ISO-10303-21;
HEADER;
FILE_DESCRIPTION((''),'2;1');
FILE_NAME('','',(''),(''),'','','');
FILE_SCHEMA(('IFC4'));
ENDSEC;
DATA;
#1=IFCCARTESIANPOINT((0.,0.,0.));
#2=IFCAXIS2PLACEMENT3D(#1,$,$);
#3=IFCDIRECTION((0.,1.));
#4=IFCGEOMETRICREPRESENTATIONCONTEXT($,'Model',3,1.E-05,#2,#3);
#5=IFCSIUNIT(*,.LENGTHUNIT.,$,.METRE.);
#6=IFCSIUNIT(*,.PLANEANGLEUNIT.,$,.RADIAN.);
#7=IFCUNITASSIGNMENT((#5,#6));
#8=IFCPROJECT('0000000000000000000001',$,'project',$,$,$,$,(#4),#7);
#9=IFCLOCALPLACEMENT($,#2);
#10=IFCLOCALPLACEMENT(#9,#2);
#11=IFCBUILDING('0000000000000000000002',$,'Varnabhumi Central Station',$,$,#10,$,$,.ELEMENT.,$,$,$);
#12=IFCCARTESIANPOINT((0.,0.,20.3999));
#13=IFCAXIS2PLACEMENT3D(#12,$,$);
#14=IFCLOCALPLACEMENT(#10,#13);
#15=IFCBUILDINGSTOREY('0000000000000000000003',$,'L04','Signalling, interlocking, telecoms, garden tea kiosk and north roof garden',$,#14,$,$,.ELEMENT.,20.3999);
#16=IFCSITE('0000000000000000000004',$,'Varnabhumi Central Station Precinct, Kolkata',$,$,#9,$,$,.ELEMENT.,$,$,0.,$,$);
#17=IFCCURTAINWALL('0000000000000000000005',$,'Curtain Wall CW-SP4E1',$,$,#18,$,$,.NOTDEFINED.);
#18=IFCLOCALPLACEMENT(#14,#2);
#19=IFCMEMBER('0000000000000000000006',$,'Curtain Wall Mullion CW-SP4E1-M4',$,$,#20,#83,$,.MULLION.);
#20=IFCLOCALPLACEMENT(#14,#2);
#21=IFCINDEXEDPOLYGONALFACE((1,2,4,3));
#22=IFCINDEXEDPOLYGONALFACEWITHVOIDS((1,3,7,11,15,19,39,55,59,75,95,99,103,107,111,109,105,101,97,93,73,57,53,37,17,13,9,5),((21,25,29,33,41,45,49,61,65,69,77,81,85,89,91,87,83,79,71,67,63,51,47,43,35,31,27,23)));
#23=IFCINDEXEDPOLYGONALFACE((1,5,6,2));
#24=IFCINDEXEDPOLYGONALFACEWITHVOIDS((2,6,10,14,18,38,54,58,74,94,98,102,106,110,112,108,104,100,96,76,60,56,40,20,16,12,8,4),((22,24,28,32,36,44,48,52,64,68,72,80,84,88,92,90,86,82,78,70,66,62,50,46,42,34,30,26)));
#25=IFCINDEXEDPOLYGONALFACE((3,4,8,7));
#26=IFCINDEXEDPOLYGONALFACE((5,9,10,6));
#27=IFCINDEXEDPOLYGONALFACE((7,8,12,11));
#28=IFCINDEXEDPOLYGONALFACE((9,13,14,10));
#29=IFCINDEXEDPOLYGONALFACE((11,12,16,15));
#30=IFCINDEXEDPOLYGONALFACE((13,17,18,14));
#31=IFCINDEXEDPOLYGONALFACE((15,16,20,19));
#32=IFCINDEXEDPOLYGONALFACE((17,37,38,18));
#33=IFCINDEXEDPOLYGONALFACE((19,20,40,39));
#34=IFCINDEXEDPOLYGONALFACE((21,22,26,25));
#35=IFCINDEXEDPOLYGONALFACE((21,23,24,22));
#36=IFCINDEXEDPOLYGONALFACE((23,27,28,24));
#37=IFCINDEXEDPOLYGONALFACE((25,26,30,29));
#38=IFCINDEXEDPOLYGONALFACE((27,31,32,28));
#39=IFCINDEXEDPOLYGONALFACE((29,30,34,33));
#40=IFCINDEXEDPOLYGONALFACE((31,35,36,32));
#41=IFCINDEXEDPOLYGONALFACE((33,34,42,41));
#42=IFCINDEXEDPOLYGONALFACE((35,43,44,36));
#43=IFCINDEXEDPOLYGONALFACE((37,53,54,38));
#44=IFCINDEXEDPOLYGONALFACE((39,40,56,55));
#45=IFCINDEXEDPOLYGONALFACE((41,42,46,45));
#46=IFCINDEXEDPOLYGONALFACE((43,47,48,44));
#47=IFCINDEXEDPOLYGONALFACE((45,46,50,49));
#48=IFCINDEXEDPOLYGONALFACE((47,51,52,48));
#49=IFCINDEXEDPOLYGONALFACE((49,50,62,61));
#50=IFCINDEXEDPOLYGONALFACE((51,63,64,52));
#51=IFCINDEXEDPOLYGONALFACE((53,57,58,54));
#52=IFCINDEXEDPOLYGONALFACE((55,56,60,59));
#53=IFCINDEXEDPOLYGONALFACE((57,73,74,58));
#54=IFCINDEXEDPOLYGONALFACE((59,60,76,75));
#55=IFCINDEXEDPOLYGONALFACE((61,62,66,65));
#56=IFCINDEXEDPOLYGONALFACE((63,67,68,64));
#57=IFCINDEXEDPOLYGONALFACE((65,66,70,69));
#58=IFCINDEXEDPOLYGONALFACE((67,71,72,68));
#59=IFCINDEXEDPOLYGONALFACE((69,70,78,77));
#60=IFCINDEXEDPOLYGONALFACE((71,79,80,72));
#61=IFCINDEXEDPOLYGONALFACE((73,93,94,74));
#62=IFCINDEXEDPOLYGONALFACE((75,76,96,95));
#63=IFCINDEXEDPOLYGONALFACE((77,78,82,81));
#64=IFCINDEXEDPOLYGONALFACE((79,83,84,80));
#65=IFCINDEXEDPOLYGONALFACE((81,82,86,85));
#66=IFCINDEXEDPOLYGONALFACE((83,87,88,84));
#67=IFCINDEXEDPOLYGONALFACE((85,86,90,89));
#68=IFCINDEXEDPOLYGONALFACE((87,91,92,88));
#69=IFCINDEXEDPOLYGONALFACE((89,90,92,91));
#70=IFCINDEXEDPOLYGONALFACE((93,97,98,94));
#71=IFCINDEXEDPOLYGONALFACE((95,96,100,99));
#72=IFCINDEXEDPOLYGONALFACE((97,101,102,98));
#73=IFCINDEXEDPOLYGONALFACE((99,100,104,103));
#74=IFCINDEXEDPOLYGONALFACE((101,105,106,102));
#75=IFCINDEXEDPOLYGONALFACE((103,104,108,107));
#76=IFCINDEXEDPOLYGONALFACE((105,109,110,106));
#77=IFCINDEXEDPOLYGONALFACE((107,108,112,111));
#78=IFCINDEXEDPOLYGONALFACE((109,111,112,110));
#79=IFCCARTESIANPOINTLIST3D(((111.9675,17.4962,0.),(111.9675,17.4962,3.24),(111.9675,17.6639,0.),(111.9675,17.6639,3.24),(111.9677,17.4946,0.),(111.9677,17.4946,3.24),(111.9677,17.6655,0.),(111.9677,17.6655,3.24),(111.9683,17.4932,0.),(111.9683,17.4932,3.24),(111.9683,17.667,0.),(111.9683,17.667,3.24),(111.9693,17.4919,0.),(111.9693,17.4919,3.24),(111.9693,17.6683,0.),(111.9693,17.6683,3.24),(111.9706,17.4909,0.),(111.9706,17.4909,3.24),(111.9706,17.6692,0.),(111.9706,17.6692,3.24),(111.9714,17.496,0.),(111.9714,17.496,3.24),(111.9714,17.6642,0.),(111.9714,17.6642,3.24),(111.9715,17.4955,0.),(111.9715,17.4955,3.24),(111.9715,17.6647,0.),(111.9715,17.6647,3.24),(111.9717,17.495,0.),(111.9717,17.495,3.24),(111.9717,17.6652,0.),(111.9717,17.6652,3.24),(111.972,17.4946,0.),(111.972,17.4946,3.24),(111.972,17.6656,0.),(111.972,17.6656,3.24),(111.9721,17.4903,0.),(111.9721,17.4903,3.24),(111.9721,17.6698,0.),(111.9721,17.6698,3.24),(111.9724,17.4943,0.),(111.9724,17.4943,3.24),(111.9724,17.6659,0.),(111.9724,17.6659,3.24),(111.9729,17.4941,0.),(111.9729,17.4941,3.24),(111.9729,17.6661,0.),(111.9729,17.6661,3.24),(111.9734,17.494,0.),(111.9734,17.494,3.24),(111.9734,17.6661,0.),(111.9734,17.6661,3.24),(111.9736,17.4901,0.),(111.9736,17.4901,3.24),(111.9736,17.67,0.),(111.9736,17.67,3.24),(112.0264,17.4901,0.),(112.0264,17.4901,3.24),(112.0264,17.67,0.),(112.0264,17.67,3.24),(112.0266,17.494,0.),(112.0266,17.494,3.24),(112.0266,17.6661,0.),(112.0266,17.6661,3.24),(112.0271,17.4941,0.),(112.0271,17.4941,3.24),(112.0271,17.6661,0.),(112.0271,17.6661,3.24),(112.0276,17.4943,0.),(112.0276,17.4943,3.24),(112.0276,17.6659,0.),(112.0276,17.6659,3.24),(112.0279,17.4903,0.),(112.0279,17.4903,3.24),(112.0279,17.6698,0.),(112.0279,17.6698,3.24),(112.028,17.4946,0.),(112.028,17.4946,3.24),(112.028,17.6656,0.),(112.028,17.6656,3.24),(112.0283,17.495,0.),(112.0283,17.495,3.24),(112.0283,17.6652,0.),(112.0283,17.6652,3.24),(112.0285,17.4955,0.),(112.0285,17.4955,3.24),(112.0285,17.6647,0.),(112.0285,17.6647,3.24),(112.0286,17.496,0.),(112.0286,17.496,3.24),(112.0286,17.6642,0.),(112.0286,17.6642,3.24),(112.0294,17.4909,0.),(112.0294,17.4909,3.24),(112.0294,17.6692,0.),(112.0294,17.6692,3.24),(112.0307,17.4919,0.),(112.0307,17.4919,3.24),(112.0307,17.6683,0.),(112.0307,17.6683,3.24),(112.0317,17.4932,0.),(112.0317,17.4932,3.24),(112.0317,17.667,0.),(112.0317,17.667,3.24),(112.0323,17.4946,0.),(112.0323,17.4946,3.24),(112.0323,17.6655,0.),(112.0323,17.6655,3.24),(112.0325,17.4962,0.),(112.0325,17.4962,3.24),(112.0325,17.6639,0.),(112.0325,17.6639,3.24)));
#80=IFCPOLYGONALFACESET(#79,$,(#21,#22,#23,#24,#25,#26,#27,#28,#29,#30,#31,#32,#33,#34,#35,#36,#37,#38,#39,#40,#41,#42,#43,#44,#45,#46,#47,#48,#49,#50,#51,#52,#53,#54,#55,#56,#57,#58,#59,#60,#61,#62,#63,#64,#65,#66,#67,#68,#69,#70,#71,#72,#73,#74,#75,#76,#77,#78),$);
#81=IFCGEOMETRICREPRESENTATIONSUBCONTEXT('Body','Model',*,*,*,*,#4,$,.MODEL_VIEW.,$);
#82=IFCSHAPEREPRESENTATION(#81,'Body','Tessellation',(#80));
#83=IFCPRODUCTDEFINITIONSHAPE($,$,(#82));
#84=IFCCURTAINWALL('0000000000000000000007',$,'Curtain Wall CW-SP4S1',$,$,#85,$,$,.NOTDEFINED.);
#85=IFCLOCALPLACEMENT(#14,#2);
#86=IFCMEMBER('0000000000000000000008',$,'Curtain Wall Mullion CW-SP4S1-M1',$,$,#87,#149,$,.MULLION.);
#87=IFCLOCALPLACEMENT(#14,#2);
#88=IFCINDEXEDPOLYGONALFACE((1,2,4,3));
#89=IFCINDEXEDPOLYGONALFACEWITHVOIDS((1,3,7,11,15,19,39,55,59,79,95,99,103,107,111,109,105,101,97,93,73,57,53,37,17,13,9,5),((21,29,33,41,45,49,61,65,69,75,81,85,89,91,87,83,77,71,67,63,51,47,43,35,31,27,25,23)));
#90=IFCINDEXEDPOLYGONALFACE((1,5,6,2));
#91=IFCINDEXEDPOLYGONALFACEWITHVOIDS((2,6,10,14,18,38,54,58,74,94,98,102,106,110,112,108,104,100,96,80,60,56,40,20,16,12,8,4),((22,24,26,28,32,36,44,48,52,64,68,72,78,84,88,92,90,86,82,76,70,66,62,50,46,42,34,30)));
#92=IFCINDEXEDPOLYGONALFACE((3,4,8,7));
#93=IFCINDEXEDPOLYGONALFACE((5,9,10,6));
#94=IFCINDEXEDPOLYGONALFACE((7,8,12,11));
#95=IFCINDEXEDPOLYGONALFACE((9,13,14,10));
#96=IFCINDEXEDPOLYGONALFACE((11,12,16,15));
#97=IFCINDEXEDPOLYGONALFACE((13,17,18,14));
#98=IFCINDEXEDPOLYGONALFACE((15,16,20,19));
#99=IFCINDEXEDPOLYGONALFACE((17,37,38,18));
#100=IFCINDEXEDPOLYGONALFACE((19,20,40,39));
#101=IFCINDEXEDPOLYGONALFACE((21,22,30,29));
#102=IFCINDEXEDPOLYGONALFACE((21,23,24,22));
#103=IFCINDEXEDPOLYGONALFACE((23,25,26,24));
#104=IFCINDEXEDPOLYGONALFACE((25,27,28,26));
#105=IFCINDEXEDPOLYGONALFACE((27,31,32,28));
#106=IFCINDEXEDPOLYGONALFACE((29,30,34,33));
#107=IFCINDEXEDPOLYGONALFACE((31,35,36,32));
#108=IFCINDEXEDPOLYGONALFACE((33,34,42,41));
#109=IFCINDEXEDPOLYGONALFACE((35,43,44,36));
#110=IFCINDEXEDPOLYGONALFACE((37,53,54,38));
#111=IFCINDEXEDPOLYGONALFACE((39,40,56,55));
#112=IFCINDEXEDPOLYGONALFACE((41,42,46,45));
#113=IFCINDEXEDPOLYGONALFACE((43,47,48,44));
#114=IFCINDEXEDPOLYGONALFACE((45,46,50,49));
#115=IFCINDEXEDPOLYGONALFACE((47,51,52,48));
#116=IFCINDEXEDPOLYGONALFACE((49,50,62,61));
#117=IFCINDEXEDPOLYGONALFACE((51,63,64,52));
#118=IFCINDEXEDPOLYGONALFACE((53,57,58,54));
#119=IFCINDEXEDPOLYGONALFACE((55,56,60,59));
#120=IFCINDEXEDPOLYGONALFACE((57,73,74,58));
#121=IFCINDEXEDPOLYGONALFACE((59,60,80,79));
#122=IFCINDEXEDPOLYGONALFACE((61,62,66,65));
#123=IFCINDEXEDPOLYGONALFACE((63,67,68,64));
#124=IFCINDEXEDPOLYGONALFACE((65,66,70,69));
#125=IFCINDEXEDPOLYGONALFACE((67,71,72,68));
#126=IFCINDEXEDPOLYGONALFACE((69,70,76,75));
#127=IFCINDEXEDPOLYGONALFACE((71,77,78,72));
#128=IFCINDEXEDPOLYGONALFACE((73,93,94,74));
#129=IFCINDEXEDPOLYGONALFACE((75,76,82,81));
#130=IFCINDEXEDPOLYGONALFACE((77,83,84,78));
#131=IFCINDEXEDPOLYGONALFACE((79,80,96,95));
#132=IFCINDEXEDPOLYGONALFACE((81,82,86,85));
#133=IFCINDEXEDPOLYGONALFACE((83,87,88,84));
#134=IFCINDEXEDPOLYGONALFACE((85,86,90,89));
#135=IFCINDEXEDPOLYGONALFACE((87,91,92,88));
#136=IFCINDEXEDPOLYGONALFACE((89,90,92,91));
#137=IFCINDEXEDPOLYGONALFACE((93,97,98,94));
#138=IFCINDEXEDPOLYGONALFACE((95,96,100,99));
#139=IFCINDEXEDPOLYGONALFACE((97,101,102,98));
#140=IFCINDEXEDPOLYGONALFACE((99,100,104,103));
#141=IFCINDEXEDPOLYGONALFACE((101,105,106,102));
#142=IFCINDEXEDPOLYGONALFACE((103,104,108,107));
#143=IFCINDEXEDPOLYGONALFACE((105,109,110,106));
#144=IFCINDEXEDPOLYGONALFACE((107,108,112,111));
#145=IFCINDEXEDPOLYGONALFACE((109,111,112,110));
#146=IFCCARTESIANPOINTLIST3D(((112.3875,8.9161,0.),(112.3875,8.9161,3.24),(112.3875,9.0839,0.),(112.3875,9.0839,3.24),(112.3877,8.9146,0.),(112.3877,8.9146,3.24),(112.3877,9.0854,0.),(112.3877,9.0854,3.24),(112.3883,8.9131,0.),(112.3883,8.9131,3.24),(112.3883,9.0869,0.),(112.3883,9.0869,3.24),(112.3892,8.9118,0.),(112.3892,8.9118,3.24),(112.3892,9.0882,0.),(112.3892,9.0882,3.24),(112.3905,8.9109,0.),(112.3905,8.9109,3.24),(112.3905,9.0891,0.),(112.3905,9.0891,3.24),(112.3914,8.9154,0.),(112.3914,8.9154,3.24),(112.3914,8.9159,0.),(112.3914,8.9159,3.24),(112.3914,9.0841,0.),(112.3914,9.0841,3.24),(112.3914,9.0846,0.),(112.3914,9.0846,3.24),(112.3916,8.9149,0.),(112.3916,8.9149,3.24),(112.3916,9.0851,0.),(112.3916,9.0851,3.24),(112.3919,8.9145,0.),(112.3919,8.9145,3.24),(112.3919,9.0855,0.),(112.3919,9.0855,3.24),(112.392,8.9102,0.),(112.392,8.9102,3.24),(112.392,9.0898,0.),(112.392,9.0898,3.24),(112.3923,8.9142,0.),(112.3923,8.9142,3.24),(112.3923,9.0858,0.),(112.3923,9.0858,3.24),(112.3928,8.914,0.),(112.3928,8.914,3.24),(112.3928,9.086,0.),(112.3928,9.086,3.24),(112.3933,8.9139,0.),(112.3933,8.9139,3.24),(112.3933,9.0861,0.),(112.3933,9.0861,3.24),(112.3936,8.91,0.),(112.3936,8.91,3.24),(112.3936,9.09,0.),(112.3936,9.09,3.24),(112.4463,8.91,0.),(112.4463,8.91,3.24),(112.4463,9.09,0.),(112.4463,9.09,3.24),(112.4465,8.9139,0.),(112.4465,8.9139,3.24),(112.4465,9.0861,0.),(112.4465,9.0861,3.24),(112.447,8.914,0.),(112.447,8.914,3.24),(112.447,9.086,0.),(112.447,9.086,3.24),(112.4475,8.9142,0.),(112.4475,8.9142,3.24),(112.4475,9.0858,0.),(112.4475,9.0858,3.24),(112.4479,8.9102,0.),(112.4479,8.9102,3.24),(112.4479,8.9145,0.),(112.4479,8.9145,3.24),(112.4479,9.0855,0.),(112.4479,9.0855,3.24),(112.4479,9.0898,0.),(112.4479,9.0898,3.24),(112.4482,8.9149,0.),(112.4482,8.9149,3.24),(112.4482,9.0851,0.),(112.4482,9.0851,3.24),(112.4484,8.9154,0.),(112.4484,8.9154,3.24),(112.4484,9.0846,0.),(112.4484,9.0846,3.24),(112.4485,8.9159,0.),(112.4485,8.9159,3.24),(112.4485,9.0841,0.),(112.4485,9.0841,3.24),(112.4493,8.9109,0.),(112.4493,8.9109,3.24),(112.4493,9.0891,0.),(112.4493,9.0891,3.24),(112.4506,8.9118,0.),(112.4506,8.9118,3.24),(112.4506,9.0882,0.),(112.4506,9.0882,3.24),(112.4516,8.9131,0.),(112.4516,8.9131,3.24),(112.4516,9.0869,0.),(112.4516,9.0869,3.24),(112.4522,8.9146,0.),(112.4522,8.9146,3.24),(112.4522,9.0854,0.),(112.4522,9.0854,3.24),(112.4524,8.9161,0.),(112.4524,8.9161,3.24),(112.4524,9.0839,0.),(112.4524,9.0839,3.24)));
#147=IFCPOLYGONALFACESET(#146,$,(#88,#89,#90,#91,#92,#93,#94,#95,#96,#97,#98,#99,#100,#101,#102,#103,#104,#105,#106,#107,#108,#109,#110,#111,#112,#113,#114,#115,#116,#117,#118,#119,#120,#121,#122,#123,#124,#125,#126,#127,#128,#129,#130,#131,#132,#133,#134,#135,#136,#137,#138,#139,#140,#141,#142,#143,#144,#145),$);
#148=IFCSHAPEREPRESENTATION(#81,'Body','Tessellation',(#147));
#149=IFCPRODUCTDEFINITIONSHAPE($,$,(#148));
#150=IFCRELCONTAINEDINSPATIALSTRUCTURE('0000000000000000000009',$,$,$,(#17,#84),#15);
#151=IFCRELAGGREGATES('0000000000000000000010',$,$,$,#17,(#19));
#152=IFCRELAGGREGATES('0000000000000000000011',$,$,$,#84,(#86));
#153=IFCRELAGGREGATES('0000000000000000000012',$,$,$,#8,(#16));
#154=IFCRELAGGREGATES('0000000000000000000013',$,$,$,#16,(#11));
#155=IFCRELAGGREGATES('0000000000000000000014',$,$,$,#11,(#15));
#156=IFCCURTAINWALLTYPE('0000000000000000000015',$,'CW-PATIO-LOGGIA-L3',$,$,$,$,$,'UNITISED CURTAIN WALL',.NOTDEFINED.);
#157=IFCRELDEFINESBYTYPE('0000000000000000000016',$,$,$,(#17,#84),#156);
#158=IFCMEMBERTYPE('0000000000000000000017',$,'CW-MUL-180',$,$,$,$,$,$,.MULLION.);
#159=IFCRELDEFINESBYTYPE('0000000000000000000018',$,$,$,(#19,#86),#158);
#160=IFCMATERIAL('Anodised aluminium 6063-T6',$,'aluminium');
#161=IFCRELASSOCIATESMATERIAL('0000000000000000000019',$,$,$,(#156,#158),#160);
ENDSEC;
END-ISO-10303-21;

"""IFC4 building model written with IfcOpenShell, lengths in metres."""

from ifc_helpers import new_model, si_unit, direction, frame, origin, origin_2d, place, context, subcontext, project, spatial, hollow_rectangle, extrude, material, material_profile, profile_set, type_object, element, aggregate, save


model = new_model("IFC4")

# Units and contexts
model_context = context("Model", 3, precision=1e-05, world=origin(), true_north=direction((0.0, 1.0)))
body_context = subcontext(model_context, "Body", "Model", "MODEL_VIEW")
ifc_project = project(units=[si_unit("LENGTHUNIT", "METRE"), si_unit("PLANEANGLEUNIT", "RADIAN")], contexts=[model_context])

# Site, building, storey
site_placement = place(None, origin())
site = spatial("IfcSite", under=ifc_project, at=site_placement, Name="Varnabhumi Central Station Precinct, Kolkata", CompositionType="ELEMENT", RefElevation=0.0)
building_placement = place(site_placement, origin())
building = spatial("IfcBuilding", under=site, at=building_placement, Name="Varnabhumi Central Station", CompositionType="ELEMENT")
storey_placement = place(building_placement, frame((0.0, 0.0, 20.3999)))
storey = spatial("IfcBuildingStorey", under=building, at=storey_placement, Name="L04", Description="Signalling, interlocking, telecoms, garden tea kiosk and north roof garden", CompositionType="ELEMENT", Elevation=20.3999)

# Curtain walls, members
ifc_material_1 = material(Name="Anodised aluminium 6063-T6", Category="aluminium")
curtain_wall_type = type_object("IfcCurtainWallType", Name="CW-PATIO-LOGGIA-L3", ElementType="UNITISED CURTAIN WALL", PredefinedType="NOTDEFINED", material=ifc_material_1)
curtain_wall_1_placement = place(storey_placement, origin())
curtain_wall_1 = element("IfcCurtainWall", 1, at=curtain_wall_1_placement, inside=storey, type_object=curtain_wall_type, Name="Curtain Wall CW-SP4E1", PredefinedType="NOTDEFINED")
ifc_material_profile_1 = material_profile(ifc_material_1, hollow_rectangle(XDim=0.0649, YDim=0.1799, WallThickness=0.0039, InnerFilletRadius=0.002, OuterFilletRadius=0.0061, at=origin_2d()), Name="Anodised aluminium 6063-T6", Category="aluminium")
ifc_profile_set_1 = profile_set([ifc_material_profile_1], Name="Anodised aluminium 6063-T6")
member_type_1 = type_object("IfcMemberType", Name="CW-MUL-180", PredefinedType="MULLION", material=ifc_profile_set_1)
member_1_placement = place(storey_placement, frame((112.0, 17.5801, 0.0), z_axis=(0.0, 0.0, 1.0), x_axis=(1.0, 0.0, 0.0)))
member_1 = element("IfcMember", 2, at=member_1_placement, type_object=member_type_1, Name="Curtain Wall Mullion CW-SP4E1-M4", PredefinedType="MULLION", context=body_context, shape_type="SweptSolid", body=[
    extrude(hollow_rectangle(XDim=0.0649, YDim=0.1799, WallThickness=0.0039, InnerFilletRadius=0.002, OuterFilletRadius=0.0061, at=origin_2d()), origin(), (0.0, 0.0, 1.0), 3.24),
])
curtain_wall_2_placement = place(storey_placement, origin())
curtain_wall_2 = element("IfcCurtainWall", 3, at=curtain_wall_2_placement, inside=storey, type_object=curtain_wall_type, Name="Curtain Wall CW-SP4S1", PredefinedType="NOTDEFINED")
member_2_placement = place(storey_placement, frame((112.4199, 9.0, 0.0), z_axis=(0.0, 0.0, 1.0), x_axis=(1.0, 0.0, 0.0)))
member_2 = element("IfcMember", 4, at=member_2_placement, type_object=member_type_1, Name="Curtain Wall Mullion CW-SP4S1-M1", PredefinedType="MULLION", context=body_context, shape_type="SweptSolid", body=[
    extrude(hollow_rectangle(XDim=0.0649, YDim=0.1799, WallThickness=0.0039, InnerFilletRadius=0.002, OuterFilletRadius=0.0061, at=origin_2d()), origin(), (0.0, 0.0, 1.0), 3.24),
])

aggregate(curtain_wall_1, [member_1])
aggregate(curtain_wall_2, [member_2])

save(model, "model.ifc")
